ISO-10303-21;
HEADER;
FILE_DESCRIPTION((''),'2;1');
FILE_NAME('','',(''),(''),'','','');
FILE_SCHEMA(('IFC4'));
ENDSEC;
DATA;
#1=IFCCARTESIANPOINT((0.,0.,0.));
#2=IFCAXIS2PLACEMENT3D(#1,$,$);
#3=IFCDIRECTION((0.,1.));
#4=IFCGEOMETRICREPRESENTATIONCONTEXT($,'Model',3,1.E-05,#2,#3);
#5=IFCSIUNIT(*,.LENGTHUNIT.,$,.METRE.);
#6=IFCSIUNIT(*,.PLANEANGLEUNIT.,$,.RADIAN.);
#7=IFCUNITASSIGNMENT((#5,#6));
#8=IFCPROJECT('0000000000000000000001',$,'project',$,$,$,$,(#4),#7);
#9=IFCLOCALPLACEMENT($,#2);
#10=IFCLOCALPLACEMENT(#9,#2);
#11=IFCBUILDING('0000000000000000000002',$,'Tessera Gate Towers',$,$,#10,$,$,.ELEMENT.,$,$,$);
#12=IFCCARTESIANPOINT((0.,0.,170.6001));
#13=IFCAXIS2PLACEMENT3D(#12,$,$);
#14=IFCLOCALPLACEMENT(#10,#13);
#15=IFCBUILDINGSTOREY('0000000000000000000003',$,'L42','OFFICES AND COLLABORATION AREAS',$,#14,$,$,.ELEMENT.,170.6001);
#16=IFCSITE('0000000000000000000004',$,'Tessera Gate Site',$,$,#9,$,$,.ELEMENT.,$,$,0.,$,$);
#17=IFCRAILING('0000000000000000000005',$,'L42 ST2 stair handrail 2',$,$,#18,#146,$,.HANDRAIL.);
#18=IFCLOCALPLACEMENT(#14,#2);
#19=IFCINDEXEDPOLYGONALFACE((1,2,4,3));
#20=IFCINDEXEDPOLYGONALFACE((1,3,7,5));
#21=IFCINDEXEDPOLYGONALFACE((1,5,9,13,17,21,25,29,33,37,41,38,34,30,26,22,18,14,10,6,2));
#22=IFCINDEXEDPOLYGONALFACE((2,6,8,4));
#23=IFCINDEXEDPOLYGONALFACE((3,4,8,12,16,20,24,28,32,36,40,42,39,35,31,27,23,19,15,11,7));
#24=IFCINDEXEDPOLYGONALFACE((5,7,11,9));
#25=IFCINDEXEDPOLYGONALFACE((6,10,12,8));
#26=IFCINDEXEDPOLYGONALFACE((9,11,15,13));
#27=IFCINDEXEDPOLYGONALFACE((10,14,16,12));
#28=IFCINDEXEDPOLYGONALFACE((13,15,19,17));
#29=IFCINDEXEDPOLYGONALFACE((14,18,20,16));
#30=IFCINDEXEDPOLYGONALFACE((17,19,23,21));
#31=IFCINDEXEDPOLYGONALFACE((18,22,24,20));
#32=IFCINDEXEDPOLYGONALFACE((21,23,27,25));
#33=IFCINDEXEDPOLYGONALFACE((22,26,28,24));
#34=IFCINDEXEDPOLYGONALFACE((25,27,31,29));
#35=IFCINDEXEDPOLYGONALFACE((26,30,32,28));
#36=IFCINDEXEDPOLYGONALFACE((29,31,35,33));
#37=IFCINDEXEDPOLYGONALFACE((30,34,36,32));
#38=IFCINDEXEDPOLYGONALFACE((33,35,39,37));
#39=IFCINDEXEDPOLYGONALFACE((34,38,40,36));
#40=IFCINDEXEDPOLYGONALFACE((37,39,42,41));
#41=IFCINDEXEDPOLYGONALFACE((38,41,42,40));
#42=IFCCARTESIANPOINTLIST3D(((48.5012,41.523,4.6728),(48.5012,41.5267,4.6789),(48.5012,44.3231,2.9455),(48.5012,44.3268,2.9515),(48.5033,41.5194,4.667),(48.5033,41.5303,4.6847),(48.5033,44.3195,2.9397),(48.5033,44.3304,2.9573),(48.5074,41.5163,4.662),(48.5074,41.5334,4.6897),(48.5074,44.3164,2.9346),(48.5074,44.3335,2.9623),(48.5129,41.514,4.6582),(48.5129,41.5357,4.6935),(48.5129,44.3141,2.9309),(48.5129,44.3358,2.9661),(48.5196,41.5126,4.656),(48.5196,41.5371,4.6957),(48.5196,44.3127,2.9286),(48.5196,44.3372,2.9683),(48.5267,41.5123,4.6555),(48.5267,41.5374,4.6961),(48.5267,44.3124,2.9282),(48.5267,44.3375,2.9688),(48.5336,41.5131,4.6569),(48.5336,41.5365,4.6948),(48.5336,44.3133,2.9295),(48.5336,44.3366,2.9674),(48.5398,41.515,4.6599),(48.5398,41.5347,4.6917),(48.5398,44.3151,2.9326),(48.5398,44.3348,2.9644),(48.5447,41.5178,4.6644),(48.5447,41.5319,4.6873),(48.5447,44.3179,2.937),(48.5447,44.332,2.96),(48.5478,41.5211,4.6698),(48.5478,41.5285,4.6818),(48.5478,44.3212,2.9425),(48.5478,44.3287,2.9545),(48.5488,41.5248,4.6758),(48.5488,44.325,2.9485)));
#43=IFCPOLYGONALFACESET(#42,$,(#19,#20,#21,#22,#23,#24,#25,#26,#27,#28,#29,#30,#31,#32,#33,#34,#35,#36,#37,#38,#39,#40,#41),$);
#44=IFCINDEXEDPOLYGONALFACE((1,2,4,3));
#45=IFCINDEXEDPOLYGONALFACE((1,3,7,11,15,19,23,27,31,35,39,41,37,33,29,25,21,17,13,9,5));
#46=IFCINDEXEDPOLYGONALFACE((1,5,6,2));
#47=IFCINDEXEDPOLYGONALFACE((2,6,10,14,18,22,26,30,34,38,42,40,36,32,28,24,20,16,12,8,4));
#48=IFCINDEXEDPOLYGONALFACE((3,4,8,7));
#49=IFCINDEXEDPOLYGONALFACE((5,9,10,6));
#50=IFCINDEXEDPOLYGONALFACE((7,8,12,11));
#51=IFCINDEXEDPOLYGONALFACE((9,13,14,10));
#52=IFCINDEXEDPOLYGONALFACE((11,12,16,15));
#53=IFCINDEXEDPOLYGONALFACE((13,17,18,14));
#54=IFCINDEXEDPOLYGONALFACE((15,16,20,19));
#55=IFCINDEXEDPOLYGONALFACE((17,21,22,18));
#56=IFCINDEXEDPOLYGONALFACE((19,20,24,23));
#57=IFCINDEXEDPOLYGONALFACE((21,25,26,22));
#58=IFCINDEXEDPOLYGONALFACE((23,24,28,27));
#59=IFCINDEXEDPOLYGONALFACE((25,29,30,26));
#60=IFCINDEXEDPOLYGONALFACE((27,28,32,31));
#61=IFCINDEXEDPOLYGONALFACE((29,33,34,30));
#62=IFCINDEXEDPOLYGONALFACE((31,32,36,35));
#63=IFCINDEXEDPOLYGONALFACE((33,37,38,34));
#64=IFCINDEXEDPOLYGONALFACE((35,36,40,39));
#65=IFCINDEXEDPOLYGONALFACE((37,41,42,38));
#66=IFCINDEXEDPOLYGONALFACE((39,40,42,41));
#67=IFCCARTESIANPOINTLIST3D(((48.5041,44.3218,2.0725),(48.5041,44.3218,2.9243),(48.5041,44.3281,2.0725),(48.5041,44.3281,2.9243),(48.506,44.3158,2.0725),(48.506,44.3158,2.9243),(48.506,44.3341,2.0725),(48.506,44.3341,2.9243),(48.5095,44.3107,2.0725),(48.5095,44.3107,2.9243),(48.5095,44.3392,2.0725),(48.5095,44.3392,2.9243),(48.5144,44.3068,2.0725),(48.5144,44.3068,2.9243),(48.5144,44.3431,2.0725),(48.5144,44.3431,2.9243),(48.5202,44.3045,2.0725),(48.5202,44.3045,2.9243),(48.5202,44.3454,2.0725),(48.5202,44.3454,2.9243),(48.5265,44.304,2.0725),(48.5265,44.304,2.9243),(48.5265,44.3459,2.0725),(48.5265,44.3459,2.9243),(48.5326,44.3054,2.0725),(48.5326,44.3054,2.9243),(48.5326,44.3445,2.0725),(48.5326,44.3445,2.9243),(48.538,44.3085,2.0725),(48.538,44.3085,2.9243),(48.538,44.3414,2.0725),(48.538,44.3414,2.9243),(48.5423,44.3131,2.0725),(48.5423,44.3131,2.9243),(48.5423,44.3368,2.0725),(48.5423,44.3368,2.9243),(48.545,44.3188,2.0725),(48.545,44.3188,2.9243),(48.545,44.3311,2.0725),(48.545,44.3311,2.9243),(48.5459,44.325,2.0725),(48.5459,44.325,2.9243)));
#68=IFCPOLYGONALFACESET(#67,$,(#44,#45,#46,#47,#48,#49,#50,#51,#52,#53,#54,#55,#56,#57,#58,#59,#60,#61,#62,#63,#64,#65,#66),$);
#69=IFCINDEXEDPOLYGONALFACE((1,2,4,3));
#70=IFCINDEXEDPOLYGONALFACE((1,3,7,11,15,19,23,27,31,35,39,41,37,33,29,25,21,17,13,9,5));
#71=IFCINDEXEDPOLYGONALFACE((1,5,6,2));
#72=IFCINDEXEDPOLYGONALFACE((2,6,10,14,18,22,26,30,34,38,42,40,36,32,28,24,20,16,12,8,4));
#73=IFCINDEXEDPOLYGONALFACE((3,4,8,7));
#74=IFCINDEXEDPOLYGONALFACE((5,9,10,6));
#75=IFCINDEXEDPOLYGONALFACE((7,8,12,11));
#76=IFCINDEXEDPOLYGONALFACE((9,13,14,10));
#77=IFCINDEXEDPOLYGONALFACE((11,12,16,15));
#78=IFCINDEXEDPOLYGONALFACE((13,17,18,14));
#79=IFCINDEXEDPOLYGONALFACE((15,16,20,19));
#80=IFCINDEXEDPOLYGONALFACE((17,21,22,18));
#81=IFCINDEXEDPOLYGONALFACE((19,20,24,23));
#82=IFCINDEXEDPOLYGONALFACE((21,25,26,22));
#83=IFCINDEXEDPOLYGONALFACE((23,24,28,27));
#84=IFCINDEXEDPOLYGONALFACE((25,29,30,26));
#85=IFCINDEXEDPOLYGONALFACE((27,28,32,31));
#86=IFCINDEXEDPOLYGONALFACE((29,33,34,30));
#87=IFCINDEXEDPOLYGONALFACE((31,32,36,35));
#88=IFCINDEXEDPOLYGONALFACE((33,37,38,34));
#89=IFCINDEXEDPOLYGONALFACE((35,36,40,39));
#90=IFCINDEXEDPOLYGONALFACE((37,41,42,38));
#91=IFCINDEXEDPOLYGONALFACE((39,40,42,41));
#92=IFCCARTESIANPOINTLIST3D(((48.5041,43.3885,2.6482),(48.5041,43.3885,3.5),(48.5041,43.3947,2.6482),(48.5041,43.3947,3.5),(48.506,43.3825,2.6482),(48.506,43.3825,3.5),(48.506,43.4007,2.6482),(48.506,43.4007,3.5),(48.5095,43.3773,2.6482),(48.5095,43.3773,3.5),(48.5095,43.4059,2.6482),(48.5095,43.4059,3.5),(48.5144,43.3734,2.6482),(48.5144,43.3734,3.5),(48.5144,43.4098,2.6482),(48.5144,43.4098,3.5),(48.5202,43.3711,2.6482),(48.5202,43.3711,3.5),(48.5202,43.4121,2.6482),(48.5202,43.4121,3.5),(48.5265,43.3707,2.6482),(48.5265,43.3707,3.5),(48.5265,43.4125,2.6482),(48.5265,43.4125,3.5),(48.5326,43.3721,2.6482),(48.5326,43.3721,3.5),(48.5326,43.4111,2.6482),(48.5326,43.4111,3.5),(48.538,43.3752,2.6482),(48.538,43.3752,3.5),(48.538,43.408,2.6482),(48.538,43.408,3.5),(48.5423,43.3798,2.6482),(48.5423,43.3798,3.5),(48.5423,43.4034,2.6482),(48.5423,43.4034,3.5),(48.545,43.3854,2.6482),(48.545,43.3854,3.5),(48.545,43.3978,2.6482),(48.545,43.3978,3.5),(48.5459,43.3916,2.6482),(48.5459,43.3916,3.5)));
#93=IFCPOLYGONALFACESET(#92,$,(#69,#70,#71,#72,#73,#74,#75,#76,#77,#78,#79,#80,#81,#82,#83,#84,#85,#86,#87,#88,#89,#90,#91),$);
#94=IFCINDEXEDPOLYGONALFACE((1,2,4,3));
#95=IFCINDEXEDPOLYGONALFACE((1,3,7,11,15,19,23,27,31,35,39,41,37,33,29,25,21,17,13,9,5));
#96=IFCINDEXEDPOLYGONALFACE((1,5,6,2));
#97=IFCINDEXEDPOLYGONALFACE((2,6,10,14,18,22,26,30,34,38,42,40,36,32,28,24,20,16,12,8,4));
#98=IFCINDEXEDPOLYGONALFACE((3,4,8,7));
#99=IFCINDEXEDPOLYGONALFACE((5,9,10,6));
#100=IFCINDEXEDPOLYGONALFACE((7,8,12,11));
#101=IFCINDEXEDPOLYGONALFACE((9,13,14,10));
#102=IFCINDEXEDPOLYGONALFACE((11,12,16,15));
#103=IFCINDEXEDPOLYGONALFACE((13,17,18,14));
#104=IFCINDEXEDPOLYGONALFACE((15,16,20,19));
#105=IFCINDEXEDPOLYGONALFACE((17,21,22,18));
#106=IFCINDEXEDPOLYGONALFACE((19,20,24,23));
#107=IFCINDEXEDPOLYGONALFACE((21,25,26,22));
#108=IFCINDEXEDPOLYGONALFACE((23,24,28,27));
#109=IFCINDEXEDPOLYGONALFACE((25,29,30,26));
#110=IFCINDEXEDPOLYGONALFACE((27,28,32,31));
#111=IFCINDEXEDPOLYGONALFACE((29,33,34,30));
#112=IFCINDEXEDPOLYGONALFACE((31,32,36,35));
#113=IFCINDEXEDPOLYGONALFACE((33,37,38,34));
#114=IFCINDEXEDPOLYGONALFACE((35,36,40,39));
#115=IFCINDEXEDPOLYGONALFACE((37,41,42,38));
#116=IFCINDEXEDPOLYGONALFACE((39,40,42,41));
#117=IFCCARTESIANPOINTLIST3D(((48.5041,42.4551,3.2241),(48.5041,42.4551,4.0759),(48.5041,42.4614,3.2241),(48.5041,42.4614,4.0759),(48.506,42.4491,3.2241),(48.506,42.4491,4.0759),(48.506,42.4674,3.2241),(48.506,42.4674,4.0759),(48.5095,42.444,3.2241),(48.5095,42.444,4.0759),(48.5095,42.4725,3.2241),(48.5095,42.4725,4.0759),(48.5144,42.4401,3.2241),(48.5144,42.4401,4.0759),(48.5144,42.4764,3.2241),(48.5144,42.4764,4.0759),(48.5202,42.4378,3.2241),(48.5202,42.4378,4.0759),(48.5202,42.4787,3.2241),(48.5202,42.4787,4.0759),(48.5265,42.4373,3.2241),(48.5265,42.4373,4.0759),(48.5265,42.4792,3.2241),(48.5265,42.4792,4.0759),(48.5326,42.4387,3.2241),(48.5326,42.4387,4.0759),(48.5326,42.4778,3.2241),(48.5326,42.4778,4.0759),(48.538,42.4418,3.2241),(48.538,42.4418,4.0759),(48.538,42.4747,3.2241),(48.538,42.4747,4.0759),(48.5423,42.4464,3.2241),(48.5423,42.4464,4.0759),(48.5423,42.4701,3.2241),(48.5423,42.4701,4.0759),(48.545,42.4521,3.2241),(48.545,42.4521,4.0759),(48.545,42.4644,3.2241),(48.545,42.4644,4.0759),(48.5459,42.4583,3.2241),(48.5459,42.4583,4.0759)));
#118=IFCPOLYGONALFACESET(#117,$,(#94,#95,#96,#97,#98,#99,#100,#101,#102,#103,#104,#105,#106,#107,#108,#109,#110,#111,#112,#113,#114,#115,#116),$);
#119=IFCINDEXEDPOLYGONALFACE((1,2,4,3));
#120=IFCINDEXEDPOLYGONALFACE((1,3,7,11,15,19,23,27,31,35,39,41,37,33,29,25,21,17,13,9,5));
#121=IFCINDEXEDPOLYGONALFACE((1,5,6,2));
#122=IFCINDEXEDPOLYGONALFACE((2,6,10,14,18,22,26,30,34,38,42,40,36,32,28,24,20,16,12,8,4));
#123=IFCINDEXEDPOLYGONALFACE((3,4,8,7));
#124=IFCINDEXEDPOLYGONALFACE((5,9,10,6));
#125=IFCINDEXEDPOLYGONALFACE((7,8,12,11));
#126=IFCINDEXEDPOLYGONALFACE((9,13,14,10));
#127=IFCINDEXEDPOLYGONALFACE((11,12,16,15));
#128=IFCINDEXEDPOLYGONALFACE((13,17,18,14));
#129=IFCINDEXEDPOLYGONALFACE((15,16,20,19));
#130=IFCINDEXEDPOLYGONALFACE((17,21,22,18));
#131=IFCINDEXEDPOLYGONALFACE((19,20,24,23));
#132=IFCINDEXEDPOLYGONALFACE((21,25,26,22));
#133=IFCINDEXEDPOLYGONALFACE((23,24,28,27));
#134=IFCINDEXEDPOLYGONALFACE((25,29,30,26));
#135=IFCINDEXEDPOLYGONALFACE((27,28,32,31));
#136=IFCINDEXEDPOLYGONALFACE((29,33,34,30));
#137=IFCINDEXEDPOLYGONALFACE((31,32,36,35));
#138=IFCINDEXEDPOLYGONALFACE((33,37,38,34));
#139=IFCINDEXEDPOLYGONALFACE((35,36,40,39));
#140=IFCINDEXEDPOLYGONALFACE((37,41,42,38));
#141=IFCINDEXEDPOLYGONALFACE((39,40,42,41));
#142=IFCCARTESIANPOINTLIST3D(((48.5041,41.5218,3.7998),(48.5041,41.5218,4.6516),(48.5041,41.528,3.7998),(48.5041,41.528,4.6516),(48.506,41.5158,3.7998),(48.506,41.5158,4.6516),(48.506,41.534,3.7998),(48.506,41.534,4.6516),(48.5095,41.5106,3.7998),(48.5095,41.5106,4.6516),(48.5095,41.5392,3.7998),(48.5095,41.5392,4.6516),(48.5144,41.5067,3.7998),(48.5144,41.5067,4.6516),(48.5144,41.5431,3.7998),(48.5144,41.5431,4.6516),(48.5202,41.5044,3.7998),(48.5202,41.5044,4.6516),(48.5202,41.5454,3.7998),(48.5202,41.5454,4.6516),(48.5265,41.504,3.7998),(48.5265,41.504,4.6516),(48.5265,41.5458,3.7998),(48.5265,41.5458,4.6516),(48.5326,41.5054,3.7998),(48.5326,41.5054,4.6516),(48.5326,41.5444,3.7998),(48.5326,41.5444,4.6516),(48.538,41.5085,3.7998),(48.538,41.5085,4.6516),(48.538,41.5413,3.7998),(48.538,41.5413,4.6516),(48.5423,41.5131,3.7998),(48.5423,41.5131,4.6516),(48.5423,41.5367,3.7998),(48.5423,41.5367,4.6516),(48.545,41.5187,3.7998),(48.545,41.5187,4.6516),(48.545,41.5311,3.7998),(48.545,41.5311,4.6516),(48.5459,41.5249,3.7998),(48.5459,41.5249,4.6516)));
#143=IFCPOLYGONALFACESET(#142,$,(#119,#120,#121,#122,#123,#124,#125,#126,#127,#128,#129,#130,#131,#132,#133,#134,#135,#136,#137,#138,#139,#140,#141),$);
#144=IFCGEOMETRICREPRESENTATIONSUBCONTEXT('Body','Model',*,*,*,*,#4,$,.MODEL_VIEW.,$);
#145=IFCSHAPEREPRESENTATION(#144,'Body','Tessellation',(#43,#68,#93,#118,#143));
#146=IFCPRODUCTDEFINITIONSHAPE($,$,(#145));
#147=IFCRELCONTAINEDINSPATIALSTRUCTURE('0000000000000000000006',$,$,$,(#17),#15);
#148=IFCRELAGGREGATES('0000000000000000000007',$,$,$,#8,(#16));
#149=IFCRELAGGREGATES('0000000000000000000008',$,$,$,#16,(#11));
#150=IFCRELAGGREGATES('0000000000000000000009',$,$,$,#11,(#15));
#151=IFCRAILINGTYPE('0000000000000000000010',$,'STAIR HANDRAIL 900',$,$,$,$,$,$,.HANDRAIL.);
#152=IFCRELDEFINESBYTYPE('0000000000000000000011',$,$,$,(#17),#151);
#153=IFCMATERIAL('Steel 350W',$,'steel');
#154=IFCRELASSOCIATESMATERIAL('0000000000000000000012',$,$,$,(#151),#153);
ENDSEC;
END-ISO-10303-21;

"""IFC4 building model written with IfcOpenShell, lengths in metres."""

from ifc_helpers import new_model, si_unit, direction, frame, origin, origin_2d, place, context, subcontext, project, spatial, circle, extrude, material, type_object, element, save


model = new_model("IFC4")

# Units and contexts
model_context = context("Model", 3, precision=1e-05, world=origin(), true_north=direction((0.0, 1.0)))
body_context = subcontext(model_context, "Body", "Model", "MODEL_VIEW")
ifc_project = project(units=[si_unit("LENGTHUNIT", "METRE"), si_unit("PLANEANGLEUNIT", "RADIAN")], contexts=[model_context])

# Site, building, storey
site_placement = place(None, origin())
site = spatial("IfcSite", under=ifc_project, at=site_placement, Name="Tessera Gate Site", CompositionType="ELEMENT", RefElevation=0.0)
building_placement = place(site_placement, origin())
building = spatial("IfcBuilding", under=site, at=building_placement, Name="Tessera Gate Towers", CompositionType="ELEMENT")
storey_placement = place(building_placement, frame((0.0, 0.0, 170.6001)))
storey = spatial("IfcBuildingStorey", under=building, at=storey_placement, Name="L42", Description="OFFICES AND COLLABORATION AREAS", CompositionType="ELEMENT", Elevation=170.6001)

# Railing
ifc_material_1 = material(Name="Steel 350W", Category="steel")
railing_type_1 = type_object("IfcRailingType", Name="STAIR HANDRAIL 900", PredefinedType="HANDRAIL", material=ifc_material_1)
railing_1_placement = place(storey_placement, frame((48.5249, 44.325, 2.0725)))
element("IfcRailing", 1, at=railing_1_placement, inside=storey, type_object=railing_type_1, Name="L42 ST2 stair handrail 2", PredefinedType="HANDRAIL", context=body_context, shape_type="SweptSolid", body=[
    extrude(circle(Radius=0.0239, at=origin_2d()), frame((0.0, 0.0, 0.876), z_axis=(0.0, -0.85109, 0.52502), x_axis=(1.0, 0.0, 0.0)), (0.0, 0.0, 1.0), 3.29),
    extrude(circle(Radius=0.021, at=origin_2d()), origin(), (0.0, 0.0, 1.0), 0.8518),
    extrude(circle(Radius=0.021, at=origin_2d()), frame((0.0, -0.9333, 0.5757)), (0.0, 0.0, 1.0), 0.8518),
    extrude(circle(Radius=0.021, at=origin_2d()), frame((0.0, -1.8667, 1.1516)), (0.0, 0.0, 1.0), 0.8518),
    extrude(circle(Radius=0.021, at=origin_2d()), frame((0.0, -2.8, 1.7273)), (0.0, 0.0, 1.0), 0.8518),
])

save(model, "model.ifc")
